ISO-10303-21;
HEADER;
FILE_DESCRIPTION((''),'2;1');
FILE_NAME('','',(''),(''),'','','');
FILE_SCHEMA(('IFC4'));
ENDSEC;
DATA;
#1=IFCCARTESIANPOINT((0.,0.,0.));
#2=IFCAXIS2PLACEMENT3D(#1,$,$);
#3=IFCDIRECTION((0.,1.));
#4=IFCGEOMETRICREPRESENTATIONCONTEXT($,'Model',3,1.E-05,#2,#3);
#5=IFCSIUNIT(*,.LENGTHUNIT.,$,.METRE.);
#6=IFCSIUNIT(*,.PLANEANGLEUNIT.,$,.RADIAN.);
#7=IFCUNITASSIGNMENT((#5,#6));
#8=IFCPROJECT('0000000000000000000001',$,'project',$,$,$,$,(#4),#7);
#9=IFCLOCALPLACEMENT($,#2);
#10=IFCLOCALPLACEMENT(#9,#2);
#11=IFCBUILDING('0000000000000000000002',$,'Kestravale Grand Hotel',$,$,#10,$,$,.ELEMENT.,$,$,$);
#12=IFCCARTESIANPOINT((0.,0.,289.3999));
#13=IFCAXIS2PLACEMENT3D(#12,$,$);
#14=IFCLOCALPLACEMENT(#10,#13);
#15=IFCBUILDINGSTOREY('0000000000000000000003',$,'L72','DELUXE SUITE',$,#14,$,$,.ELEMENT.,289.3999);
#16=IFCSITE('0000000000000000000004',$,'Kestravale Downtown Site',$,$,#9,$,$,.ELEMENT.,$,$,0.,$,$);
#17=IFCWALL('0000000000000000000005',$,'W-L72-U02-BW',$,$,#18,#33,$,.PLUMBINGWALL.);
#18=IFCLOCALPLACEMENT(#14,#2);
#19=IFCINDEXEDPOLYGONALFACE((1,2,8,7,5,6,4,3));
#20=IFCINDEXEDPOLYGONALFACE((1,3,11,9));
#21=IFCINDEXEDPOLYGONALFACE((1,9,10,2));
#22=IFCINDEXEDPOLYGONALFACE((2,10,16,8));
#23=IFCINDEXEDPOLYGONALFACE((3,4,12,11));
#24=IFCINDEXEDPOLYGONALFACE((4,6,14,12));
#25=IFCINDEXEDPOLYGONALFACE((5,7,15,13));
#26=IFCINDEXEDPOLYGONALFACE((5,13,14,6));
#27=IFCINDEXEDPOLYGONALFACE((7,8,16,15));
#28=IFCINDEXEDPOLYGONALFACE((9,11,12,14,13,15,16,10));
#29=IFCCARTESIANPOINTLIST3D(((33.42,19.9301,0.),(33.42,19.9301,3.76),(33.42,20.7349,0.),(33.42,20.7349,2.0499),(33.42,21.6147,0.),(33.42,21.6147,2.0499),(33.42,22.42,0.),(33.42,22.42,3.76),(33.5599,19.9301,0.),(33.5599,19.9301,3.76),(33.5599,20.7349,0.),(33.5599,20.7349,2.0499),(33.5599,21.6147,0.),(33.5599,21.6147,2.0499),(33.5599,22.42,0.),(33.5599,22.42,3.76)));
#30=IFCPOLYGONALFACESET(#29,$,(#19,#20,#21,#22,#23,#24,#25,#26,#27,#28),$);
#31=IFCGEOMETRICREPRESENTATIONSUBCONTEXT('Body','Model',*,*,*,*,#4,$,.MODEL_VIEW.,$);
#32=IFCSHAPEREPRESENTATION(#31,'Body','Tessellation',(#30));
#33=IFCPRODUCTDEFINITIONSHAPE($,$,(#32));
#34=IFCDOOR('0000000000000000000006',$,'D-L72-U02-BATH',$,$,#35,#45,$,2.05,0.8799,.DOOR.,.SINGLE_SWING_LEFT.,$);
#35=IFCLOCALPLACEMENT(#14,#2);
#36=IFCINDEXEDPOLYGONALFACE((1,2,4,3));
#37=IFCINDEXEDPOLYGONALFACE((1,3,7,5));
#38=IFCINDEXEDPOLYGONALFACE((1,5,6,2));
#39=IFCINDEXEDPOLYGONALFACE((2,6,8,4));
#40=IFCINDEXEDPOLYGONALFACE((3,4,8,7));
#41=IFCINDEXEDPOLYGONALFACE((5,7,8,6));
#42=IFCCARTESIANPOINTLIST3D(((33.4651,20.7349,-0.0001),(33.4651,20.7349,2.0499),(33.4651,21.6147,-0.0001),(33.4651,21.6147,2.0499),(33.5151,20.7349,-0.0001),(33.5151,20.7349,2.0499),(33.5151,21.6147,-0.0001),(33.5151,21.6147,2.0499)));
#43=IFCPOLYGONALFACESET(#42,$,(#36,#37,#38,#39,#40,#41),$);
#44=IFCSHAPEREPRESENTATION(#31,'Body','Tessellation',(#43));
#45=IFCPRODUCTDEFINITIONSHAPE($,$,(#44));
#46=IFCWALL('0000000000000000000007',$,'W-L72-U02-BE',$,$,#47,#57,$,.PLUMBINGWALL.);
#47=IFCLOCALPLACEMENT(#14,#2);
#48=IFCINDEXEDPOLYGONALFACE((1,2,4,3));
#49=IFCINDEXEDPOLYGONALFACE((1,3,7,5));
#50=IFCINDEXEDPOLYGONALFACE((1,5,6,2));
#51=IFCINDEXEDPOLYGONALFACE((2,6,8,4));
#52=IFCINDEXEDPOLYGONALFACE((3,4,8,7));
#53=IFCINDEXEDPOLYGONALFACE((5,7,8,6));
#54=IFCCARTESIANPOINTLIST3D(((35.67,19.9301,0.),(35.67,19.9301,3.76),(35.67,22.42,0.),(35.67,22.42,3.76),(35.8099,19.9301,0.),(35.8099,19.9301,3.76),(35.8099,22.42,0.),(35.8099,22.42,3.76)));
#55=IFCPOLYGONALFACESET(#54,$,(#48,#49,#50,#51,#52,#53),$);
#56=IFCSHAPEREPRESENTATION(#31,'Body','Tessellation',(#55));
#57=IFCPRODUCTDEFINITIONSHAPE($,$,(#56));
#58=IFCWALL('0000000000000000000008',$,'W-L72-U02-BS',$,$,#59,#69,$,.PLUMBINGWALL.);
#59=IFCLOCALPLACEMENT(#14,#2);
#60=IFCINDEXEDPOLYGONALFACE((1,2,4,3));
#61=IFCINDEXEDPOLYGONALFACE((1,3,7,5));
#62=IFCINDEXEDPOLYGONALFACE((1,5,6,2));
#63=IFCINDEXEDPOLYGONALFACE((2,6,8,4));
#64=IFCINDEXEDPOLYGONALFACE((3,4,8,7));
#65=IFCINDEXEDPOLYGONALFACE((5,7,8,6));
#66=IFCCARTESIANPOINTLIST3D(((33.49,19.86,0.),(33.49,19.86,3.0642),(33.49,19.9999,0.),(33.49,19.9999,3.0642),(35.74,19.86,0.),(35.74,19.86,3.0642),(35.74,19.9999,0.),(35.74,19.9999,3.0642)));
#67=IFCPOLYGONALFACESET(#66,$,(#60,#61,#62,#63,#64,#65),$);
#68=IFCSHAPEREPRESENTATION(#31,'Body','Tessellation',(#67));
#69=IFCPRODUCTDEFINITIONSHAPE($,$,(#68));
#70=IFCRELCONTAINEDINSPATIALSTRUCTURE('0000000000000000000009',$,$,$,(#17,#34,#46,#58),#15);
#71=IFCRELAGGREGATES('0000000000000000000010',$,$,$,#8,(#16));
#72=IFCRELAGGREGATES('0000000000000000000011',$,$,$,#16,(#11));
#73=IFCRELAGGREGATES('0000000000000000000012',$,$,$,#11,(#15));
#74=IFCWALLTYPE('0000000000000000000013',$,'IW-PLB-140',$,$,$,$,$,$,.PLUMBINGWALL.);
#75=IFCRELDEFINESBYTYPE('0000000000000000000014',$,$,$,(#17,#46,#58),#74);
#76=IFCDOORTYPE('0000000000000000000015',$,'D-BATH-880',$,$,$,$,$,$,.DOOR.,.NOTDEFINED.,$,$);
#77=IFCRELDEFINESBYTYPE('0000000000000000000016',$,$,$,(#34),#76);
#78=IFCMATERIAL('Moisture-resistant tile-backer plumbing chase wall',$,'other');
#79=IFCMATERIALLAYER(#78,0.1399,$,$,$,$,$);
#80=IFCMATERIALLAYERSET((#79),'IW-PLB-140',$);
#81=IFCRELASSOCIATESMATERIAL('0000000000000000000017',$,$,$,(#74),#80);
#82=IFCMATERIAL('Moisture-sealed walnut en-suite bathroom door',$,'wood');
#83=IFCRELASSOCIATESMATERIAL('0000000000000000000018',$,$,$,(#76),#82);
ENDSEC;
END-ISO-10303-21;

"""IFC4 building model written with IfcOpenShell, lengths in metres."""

from ifc_helpers import new_model, si_unit, direction, frame, frame_2d, origin, place, context, subcontext, project, spatial, rectangle, extrude, material, layer, layer_set, type_object, element, fill, save


model = new_model("IFC4")

# Units and contexts
model_context = context("Model", 3, precision=1e-05, world=origin(), true_north=direction((0.0, 1.0)))
body_context = subcontext(model_context, "Body", "Model", "MODEL_VIEW")
ifc_project = project(units=[si_unit("LENGTHUNIT", "METRE"), si_unit("PLANEANGLEUNIT", "RADIAN")], contexts=[model_context])

# Site, building, storey
site_placement = place(None, origin())
site = spatial("IfcSite", under=ifc_project, at=site_placement, Name="Kestravale Downtown Site", CompositionType="ELEMENT", RefElevation=0.0)
building_placement = place(site_placement, origin())
building = spatial("IfcBuilding", under=site, at=building_placement, Name="Kestravale Grand Hotel", CompositionType="ELEMENT")
storey_placement = place(building_placement, frame((0.0, 0.0, 289.3999)))
storey = spatial("IfcBuildingStorey", under=building, at=storey_placement, Name="L72", Description="DELUXE SUITE", CompositionType="ELEMENT", Elevation=289.3999)

# Shared definitions
ifc_material_1 = material(Name="Moisture-resistant tile-backer plumbing chase wall", Category="other")
ifc_layer_1 = layer(ifc_material_1, 0.1399)
ifc_layer_set_1 = layer_set([ifc_layer_1], Name="IW-PLB-140")
wall_type_1 = type_object("IfcWallType", Name="IW-PLB-140", PredefinedType="PLUMBINGWALL", material=ifc_layer_set_1)
ifc_material_2 = material(Name="Moisture-sealed walnut en-suite bathroom door", Category="wood")
door_type_1 = type_object("IfcDoorType", Name="D-BATH-880", OperationType="NOTDEFINED", PredefinedType="DOOR", material=ifc_material_2)

# Wall, opening, door
wall_1_placement = place(storey_placement, frame((33.49, 19.9299, 0.0), z_axis=(0.0, 0.0, 1.0), x_axis=(0.0, 1.0, 0.0)))
wall_1 = element("IfcWall", 1, at=wall_1_placement, inside=storey, type_object=wall_type_1, Name="W-L72-U02-BW", PredefinedType="PLUMBINGWALL", context=body_context, shape_type="SweptSolid", body=[
    extrude(rectangle(XDim=2.49, YDim=0.1399, at=frame_2d((1.2451, 0.0))), origin(), (0.0, 0.0, 1.0), 3.76),
])
opening_1_placement = place(wall_1_placement, frame((0.8049, 0.0, 0.0)))
opening_1 = element("IfcOpeningElement", 2, at=opening_1_placement, cuts=wall_1, PredefinedType="OPENING", context=body_context, shape_type="SweptSolid", body=[
    extrude(rectangle(XDim=0.8799, YDim=2.05, at=frame_2d((0.4399, 1.0249))), frame((0.0, 0.0798, 0.0), z_axis=(0.0, -1.0, 0.0), x_axis=(1.0, 0.0, 0.0)), (0.0, 0.0, 1.0), 0.1599),
])
door_1_placement = place(opening_1_placement, origin())
door_1 = element("IfcDoor", 3, at=door_1_placement, inside=storey, type_object=door_type_1, Name="D-L72-U02-BATH", OperationType="SINGLE_SWING_LEFT", OverallHeight=2.05, OverallWidth=0.8799, PredefinedType="DOOR", context=body_context, shape_type="SweptSolid", body=[
    extrude(rectangle(XDim=0.8799, YDim=2.05, at=frame_2d((0.4399, 1.0249))), frame((0.0, 0.0249, 0.0), z_axis=(0.0, -1.0, 0.0), x_axis=(1.0, 0.0, 0.0)), (0.0, 0.0, 1.0), 0.05),
])
fill(opening_1, door_1)

# Walls
wall_2_placement = place(storey_placement, frame((35.74, 19.9299, 0.0), z_axis=(0.0, 0.0, 1.0), x_axis=(0.0, 1.0, 0.0)))
element("IfcWall", 4, at=wall_2_placement, inside=storey, type_object=wall_type_1, Name="W-L72-U02-BE", PredefinedType="PLUMBINGWALL", context=body_context, shape_type="SweptSolid", body=[
    extrude(rectangle(XDim=2.49, YDim=0.1399, at=frame_2d((1.2451, 0.0))), origin(), (0.0, 0.0, 1.0), 3.76),
])
wall_3_placement = place(storey_placement, frame((33.49, 19.9299, 0.0), z_axis=(0.0, 0.0, 1.0), x_axis=(1.0, 0.0, 0.0)))
element("IfcWall", 5, at=wall_3_placement, inside=storey, type_object=wall_type_1, Name="W-L72-U02-BS", PredefinedType="PLUMBINGWALL", context=body_context, shape_type="SweptSolid", body=[
    extrude(rectangle(XDim=2.25, YDim=0.1399, at=frame_2d((1.125, 0.0))), origin(), (0.0, 0.0, 1.0), 3.0642),
])

save(model, "model.ifc")
